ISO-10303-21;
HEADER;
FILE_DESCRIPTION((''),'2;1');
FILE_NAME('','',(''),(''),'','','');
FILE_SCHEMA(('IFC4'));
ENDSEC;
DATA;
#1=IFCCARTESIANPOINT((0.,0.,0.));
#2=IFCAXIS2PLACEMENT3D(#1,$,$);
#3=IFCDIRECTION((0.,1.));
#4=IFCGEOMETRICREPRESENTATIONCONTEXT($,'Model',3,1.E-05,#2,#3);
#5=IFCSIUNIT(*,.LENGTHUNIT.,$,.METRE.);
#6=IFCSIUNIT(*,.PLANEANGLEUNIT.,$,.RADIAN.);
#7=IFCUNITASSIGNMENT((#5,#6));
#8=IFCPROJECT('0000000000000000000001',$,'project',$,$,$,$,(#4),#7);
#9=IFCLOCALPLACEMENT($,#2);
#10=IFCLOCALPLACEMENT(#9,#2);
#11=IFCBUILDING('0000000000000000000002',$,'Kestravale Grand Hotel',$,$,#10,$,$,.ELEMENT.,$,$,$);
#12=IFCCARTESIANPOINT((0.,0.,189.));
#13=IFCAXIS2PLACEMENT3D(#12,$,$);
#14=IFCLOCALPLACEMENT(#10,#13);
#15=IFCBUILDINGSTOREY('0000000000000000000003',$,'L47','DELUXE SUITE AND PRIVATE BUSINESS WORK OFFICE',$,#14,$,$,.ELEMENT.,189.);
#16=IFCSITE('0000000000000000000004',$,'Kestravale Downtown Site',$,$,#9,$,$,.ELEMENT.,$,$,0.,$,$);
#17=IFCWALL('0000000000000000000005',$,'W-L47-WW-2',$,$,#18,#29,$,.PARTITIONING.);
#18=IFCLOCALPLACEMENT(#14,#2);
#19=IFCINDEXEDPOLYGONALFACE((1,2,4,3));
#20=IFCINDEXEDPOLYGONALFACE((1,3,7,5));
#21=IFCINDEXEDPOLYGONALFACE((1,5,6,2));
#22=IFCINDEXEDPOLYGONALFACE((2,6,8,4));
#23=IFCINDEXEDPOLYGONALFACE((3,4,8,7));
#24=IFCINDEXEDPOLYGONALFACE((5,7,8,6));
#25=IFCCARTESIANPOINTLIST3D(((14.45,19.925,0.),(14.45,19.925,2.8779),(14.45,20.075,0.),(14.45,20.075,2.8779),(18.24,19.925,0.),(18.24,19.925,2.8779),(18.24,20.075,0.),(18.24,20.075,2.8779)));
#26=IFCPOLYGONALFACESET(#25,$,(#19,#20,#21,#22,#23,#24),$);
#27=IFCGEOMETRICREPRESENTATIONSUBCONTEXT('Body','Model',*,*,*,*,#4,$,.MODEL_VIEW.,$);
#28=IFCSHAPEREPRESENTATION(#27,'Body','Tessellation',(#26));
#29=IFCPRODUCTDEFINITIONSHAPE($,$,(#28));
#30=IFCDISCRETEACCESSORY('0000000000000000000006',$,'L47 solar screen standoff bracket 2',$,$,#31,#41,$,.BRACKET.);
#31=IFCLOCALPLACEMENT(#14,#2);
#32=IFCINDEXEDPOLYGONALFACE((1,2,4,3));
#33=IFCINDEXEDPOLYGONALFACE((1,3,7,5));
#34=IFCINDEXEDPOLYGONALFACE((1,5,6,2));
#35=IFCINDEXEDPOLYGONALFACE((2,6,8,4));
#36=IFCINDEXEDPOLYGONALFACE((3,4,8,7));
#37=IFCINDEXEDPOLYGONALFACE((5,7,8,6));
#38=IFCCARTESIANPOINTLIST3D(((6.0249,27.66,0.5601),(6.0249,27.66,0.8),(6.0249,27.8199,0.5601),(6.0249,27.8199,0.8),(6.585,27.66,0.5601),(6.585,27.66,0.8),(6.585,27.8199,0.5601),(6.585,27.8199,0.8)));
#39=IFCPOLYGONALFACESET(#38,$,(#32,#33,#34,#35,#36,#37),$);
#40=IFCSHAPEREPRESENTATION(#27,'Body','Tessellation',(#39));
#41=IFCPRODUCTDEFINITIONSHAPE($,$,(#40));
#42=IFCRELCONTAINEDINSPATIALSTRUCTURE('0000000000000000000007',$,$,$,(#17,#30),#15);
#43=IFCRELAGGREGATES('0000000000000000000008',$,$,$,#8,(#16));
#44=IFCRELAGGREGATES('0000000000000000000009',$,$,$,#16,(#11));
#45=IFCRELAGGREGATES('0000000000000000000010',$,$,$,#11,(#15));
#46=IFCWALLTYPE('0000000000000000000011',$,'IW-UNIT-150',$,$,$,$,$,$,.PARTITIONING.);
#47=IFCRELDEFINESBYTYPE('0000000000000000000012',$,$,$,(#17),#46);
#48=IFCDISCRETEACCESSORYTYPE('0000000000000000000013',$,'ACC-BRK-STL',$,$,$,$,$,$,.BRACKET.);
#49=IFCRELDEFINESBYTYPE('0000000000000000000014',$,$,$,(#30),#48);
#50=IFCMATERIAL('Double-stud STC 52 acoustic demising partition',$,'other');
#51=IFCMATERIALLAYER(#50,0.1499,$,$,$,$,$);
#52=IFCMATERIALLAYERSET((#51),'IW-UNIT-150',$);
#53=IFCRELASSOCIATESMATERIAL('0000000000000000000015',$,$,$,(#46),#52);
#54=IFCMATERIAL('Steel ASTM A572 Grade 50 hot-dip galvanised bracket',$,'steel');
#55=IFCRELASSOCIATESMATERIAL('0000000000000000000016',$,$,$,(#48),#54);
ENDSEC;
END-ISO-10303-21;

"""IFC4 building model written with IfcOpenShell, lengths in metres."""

from ifc_helpers import new_model, si_unit, direction, frame, frame_2d, origin, origin_2d, place, context, subcontext, project, spatial, rectangle, extrude, material, layer, layer_set, type_object, element, save


model = new_model("IFC4")

# Units and contexts
model_context = context("Model", 3, precision=1e-05, world=origin(), true_north=direction((0.0, 1.0)))
body_context = subcontext(model_context, "Body", "Model", "MODEL_VIEW")
ifc_project = project(units=[si_unit("LENGTHUNIT", "METRE"), si_unit("PLANEANGLEUNIT", "RADIAN")], contexts=[model_context])

# Site, building, storey
site_placement = place(None, origin())
site = spatial("IfcSite", under=ifc_project, at=site_placement, Name="Kestravale Downtown Site", CompositionType="ELEMENT", RefElevation=0.0)
building_placement = place(site_placement, origin())
building = spatial("IfcBuilding", under=site, at=building_placement, Name="Kestravale Grand Hotel", CompositionType="ELEMENT")
storey_placement = place(building_placement, frame((0.0, 0.0, 189.0)))
storey = spatial("IfcBuildingStorey", under=building, at=storey_placement, Name="L47", Description="DELUXE SUITE AND PRIVATE BUSINESS WORK OFFICE", CompositionType="ELEMENT", Elevation=189.0)

# Wall
ifc_material_1 = material(Name="Double-stud STC 52 acoustic demising partition", Category="other")
ifc_layer_1 = layer(ifc_material_1, 0.1499)
ifc_layer_set_1 = layer_set([ifc_layer_1], Name="IW-UNIT-150")
wall_type_1 = type_object("IfcWallType", Name="IW-UNIT-150", PredefinedType="PARTITIONING", material=ifc_layer_set_1)
wall_1_placement = place(storey_placement, frame((14.45, 20.0, 0.0), z_axis=(0.0, 0.0, 1.0), x_axis=(1.0, 0.0, 0.0)))
element("IfcWall", 1, at=wall_1_placement, inside=storey, type_object=wall_type_1, Name="W-L47-WW-2", PredefinedType="PARTITIONING", context=body_context, shape_type="SweptSolid", body=[
    extrude(rectangle(XDim=3.79, YDim=0.1499, at=frame_2d((1.895, 0.0))), origin(), (0.0, 0.0, 1.0), 2.8779),
])

# Discrete accessory
ifc_material_2 = material(Name="Steel ASTM A572 Grade 50 hot-dip galvanised bracket", Category="steel")
discrete_accessory_type = type_object("IfcDiscreteAccessoryType", Name="ACC-BRK-STL", PredefinedType="BRACKET", material=ifc_material_2)
discrete_accessory_placement = place(storey_placement, frame((6.3049, 27.74, 0.5601), z_axis=(0.0, 0.0, 1.0), x_axis=(0.0, -1.0, 0.0)))
element("IfcDiscreteAccessory", 2, at=discrete_accessory_placement, inside=storey, type_object=discrete_accessory_type, Name="L47 solar screen standoff bracket 2", PredefinedType="BRACKET", context=body_context, shape_type="SweptSolid", body=[
    extrude(rectangle(XDim=0.1599, YDim=0.5601, at=origin_2d()), origin(), (0.0, 0.0, 1.0), 0.24),
])

save(model, "model.ifc")
